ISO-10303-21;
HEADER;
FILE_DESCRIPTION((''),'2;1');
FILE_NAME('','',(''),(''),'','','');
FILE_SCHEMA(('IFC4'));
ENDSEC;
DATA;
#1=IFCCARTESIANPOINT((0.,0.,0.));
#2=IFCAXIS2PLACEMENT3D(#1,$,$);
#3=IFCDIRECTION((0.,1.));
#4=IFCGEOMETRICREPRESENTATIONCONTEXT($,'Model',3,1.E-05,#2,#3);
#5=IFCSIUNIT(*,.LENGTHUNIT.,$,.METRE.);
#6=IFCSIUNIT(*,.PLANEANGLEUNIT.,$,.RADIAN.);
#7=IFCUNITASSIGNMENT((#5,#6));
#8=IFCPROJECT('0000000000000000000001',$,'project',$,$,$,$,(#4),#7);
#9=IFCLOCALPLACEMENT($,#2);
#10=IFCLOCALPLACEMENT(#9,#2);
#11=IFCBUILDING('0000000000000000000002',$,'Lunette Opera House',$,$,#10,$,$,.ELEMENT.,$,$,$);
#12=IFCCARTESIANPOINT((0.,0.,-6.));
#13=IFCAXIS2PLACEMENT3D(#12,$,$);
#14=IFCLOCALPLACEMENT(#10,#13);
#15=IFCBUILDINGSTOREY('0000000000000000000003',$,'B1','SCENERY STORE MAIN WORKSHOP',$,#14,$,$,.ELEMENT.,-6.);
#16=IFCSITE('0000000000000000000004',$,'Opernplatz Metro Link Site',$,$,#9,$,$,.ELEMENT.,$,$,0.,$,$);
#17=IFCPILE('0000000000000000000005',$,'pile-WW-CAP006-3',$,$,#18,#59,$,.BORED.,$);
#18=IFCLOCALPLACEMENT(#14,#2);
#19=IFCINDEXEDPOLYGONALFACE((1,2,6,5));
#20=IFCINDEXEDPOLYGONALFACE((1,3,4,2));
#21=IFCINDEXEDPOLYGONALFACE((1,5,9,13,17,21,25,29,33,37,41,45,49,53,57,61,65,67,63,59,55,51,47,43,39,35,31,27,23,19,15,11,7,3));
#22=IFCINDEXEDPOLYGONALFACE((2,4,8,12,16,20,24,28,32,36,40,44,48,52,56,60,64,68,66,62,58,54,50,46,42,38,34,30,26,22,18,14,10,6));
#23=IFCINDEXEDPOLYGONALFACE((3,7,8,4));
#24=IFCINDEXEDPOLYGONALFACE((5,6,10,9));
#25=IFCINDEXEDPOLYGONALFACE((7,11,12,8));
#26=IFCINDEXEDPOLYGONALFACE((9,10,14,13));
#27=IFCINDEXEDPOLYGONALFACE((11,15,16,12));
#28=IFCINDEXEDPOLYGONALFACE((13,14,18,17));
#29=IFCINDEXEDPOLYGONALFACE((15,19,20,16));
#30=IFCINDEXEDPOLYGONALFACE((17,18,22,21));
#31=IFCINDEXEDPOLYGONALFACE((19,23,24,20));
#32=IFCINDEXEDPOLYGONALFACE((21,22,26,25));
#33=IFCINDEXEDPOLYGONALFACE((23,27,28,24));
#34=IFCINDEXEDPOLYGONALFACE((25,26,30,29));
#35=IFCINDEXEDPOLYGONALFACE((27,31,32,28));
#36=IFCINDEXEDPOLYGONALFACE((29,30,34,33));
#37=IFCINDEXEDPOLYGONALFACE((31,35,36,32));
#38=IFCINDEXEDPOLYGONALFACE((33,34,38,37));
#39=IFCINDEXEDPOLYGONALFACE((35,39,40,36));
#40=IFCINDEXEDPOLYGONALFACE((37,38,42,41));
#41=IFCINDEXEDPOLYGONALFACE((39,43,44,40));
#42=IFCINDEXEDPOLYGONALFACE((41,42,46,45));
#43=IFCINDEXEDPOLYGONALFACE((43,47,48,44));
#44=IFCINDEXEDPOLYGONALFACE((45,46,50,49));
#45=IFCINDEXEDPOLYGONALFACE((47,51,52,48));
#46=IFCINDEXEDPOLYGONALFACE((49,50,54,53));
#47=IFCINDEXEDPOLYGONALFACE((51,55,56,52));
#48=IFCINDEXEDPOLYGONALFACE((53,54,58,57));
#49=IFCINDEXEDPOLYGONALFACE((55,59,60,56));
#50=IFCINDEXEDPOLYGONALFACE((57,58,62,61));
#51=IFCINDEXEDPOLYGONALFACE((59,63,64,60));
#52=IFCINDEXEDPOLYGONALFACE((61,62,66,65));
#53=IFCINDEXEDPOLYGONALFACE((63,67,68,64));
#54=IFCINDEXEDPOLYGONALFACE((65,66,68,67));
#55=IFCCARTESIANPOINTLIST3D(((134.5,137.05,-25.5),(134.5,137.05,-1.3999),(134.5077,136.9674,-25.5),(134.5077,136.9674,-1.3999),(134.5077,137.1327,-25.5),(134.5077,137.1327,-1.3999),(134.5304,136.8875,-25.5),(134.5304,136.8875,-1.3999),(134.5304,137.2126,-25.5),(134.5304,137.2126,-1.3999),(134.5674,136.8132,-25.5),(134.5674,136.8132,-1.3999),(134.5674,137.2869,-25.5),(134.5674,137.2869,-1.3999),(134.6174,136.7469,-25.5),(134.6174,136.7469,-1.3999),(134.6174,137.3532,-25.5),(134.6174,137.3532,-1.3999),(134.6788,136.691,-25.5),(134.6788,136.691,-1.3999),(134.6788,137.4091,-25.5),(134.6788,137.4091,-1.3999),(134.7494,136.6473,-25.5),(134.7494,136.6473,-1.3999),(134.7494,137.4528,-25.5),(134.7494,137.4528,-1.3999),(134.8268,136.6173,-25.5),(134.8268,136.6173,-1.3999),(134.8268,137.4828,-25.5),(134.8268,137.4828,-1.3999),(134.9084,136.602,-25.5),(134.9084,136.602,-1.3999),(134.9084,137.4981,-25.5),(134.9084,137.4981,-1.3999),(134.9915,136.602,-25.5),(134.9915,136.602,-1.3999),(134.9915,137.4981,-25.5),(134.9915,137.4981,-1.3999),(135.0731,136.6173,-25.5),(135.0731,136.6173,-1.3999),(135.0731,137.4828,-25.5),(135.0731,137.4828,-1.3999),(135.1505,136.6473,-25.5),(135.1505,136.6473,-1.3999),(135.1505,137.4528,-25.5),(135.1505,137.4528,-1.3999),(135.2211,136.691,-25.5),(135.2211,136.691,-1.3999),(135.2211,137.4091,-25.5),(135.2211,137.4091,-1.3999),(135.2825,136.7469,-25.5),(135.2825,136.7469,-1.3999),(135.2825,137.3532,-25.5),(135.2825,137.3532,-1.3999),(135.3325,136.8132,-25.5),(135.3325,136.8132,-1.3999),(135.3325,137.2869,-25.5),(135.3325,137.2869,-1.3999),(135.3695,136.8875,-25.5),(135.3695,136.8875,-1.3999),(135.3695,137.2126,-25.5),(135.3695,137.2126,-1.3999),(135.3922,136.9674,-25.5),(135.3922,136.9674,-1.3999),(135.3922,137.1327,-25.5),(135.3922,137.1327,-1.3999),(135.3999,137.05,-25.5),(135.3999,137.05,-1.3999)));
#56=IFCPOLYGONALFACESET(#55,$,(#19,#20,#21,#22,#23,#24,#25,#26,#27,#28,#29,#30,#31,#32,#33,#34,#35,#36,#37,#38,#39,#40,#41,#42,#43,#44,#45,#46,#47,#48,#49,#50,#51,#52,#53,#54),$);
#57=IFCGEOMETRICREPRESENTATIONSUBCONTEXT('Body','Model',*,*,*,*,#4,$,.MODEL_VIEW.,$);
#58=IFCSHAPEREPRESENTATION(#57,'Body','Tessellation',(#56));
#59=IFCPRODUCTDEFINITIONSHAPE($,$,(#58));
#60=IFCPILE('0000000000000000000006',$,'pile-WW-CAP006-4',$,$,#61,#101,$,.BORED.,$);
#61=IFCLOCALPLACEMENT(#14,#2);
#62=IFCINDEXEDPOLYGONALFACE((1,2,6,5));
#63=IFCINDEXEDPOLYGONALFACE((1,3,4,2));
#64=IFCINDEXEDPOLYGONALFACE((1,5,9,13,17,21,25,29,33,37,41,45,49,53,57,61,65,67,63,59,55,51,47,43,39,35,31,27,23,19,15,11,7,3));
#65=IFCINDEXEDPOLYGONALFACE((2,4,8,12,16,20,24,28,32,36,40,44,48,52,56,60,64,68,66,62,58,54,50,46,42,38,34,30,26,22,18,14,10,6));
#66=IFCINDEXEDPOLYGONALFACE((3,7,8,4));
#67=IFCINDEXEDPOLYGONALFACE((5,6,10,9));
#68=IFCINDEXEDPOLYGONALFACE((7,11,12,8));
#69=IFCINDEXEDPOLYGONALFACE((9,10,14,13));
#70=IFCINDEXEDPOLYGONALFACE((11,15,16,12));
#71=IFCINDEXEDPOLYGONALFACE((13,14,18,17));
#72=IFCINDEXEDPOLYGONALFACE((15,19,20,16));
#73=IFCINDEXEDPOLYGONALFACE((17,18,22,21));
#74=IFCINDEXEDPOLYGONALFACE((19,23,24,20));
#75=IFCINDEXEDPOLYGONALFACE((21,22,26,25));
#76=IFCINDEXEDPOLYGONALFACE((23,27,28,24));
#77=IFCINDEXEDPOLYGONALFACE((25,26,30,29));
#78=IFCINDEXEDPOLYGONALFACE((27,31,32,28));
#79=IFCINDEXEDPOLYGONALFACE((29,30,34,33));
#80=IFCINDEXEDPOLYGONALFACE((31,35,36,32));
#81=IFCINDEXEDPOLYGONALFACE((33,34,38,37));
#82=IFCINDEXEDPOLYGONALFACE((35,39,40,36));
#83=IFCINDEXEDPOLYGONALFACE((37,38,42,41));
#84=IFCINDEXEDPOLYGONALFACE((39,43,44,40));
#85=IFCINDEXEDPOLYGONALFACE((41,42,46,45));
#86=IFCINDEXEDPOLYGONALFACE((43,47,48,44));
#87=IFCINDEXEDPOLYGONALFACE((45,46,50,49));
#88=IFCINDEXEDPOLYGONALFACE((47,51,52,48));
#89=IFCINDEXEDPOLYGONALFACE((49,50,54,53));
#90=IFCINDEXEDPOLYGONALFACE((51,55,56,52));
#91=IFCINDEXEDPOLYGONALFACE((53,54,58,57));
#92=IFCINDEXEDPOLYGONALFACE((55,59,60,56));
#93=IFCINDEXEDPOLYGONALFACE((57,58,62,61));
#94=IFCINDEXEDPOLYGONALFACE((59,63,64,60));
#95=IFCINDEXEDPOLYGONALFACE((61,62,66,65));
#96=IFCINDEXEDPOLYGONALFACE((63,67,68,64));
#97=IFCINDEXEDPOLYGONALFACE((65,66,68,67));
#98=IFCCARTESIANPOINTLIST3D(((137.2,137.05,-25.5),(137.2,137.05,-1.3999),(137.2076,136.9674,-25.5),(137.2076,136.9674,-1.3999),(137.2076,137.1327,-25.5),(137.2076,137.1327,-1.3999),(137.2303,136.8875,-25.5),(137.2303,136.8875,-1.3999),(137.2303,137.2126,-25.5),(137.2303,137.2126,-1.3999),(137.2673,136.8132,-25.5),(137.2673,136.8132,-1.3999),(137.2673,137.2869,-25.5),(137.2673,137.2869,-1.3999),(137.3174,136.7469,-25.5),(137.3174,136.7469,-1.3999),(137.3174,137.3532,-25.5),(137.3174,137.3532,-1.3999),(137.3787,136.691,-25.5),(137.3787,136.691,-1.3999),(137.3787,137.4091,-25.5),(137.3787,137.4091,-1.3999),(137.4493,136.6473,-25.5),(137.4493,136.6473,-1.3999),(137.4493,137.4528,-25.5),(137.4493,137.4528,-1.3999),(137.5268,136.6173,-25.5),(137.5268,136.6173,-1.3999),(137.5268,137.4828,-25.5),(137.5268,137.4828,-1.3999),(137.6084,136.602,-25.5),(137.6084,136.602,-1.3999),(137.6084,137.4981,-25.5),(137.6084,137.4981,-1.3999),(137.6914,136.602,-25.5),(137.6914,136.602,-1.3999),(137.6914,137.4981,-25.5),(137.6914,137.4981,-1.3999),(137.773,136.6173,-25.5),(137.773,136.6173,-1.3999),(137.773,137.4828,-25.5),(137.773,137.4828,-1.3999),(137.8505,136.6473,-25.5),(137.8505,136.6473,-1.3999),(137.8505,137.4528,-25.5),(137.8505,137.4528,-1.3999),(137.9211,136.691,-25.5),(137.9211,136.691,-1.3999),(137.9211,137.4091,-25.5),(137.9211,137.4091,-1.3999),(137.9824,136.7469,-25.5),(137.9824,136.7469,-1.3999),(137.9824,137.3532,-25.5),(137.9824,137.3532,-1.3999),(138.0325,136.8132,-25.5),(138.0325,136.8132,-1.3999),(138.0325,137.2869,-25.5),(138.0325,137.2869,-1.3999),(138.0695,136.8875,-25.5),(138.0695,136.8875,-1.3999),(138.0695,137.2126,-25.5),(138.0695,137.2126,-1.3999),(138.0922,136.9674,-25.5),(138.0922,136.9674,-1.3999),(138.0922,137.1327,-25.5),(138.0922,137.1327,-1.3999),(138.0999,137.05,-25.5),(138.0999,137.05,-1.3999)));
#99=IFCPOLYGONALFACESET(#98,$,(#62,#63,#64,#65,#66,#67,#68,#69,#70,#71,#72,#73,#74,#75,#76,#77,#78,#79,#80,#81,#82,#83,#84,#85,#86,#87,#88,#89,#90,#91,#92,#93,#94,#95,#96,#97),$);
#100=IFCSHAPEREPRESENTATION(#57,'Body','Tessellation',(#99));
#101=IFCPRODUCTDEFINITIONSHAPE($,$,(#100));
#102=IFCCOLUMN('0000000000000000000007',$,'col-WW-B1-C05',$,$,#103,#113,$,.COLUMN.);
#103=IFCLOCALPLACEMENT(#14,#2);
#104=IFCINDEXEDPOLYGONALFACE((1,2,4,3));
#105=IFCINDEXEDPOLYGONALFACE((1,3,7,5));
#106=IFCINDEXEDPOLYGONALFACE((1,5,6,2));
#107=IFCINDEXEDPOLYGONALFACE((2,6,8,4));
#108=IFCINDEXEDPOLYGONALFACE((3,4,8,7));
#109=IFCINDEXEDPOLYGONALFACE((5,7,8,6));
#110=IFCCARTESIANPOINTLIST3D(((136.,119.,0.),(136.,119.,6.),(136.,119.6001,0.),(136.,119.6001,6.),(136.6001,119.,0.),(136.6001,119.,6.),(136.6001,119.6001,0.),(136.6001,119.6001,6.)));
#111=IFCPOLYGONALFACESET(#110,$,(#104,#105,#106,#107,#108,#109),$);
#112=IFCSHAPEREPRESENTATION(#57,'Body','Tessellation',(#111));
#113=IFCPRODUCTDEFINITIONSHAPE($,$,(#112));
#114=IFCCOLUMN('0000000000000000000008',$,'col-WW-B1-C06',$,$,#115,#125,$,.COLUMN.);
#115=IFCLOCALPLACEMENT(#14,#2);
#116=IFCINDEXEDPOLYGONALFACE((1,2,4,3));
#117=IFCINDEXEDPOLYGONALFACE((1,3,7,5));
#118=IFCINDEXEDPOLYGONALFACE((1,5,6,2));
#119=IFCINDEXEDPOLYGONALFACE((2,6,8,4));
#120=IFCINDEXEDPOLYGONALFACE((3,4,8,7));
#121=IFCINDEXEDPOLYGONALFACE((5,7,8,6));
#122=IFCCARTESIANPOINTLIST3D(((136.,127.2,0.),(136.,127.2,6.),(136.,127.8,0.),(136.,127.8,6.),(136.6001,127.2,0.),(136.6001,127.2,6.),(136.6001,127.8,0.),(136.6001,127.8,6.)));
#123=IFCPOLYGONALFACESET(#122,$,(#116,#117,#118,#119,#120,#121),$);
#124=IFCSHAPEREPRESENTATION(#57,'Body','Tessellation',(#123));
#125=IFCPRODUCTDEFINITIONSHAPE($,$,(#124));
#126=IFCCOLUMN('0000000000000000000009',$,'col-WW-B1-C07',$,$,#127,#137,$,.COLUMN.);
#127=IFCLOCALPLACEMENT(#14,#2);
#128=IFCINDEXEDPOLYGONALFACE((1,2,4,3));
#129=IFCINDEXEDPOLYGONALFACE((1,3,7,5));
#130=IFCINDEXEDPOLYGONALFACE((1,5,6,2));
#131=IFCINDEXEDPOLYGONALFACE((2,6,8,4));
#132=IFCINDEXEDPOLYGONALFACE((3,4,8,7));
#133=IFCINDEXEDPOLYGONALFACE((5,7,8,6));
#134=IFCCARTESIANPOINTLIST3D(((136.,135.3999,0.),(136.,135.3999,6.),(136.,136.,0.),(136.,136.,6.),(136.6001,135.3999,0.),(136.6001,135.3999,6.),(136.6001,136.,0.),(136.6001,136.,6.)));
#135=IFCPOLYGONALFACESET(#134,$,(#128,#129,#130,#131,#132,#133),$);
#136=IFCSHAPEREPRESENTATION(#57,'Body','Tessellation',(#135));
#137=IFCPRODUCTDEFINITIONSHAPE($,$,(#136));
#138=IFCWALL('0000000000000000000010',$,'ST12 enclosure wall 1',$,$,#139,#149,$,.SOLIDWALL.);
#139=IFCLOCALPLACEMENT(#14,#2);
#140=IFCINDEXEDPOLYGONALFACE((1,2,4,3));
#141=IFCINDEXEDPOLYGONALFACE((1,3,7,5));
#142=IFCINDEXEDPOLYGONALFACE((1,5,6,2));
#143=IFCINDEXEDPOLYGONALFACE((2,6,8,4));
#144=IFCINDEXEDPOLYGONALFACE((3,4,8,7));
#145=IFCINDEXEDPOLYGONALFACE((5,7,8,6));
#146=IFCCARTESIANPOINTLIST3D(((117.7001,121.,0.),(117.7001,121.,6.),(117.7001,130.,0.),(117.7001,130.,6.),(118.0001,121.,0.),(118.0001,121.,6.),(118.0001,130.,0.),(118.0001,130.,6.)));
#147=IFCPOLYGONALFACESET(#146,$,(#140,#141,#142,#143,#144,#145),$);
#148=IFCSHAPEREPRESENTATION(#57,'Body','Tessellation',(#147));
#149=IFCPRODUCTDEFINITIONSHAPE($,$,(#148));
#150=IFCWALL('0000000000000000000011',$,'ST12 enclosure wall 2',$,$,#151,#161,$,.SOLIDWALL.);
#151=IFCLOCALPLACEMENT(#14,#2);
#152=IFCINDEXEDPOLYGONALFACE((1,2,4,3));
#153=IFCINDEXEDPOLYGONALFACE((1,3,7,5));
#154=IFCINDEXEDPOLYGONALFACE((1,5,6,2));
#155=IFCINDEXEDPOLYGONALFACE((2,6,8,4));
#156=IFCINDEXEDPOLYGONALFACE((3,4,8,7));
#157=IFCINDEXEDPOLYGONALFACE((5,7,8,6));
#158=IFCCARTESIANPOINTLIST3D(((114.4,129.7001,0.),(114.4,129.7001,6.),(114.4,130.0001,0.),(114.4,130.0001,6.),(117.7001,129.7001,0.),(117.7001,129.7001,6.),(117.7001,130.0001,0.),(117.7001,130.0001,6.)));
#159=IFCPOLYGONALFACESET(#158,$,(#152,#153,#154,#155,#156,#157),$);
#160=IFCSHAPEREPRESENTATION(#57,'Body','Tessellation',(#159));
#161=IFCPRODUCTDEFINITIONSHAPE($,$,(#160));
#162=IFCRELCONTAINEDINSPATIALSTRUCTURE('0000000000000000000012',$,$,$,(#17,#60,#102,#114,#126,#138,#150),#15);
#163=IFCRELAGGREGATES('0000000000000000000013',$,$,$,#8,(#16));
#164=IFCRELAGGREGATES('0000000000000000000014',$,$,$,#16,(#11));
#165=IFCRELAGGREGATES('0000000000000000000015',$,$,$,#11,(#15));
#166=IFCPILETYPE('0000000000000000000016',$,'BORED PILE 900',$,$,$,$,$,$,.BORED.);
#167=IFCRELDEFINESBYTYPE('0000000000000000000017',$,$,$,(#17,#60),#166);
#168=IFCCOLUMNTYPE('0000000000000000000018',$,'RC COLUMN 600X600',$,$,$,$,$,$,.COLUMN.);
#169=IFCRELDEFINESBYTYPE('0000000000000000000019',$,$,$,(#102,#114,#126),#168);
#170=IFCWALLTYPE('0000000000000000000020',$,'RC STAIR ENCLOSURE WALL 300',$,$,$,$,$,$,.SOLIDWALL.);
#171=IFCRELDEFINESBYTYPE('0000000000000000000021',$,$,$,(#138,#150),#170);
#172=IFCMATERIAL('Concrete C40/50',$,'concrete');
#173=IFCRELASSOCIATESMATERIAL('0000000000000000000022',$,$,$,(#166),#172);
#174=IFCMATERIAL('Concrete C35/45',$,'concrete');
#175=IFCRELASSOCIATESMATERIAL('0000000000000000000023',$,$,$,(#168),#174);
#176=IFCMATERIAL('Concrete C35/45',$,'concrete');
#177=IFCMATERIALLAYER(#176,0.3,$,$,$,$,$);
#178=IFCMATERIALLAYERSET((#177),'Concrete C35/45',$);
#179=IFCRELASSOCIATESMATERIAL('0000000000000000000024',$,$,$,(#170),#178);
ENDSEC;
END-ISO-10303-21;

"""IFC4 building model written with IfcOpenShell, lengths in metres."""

from ifc_helpers import new_model, si_unit, direction, frame, frame_2d, origin, origin_2d, place, context, subcontext, project, spatial, rectangle, circle, extrude, material, layer, layer_set, material_profile, profile_set, type_object, element, save


model = new_model("IFC4")

# Units and contexts
model_context = context("Model", 3, precision=1e-05, world=origin(), true_north=direction((0.0, 1.0)))
body_context = subcontext(model_context, "Body", "Model", "MODEL_VIEW")
ifc_project = project(units=[si_unit("LENGTHUNIT", "METRE"), si_unit("PLANEANGLEUNIT", "RADIAN")], contexts=[model_context])

# Site, building, storey
site_placement = place(None, origin())
site = spatial("IfcSite", under=ifc_project, at=site_placement, Name="Opernplatz Metro Link Site", CompositionType="ELEMENT", RefElevation=0.0)
building_placement = place(site_placement, origin())
building = spatial("IfcBuilding", under=site, at=building_placement, Name="Lunette Opera House", CompositionType="ELEMENT")
storey_placement = place(building_placement, frame((0.0, 0.0, -6.0)))
storey = spatial("IfcBuildingStorey", under=building, at=storey_placement, Name="B1", Description="SCENERY STORE MAIN WORKSHOP", CompositionType="ELEMENT", Elevation=-6.0)

# Piles
ifc_material_1 = material(Name="Concrete C40/50", Category="concrete")
ifc_material_profile_1 = material_profile(ifc_material_1, circle(Radius=0.45, at=origin_2d()), Name="BORED PILE 900")
ifc_profile_set_1 = profile_set([ifc_material_profile_1], Name="Concrete C40/50")
pile_type_1 = type_object("IfcPileType", Name="BORED PILE 900", PredefinedType="BORED", material=ifc_profile_set_1)
for number, where, z_axis, x_axis, name in (
    (1, (134.95, 137.05, -1.3999), (0.0, 0.0, -1.0), (1.0, 0.0, 0.0), "pile-WW-CAP006-3"),
    (2, (137.6499, 137.05, -1.3999), (0.0, 0.0, -1.0), (1.0, 0.0, 0.0), "pile-WW-CAP006-4"),
):
    element("IfcPile", number, at=place(storey_placement, frame(where, z_axis=z_axis, x_axis=x_axis)), inside=storey, type_object=pile_type_1, Name=name, PredefinedType="BORED", context=body_context, shape_type="SweptSolid", body=[
        extrude(circle(Radius=0.45, at=origin_2d()), origin(), (0.0, 0.0, 1.0), 24.1001),
    ])

# Columns
ifc_material_2 = material(Name="Concrete C35/45", Category="concrete")
ifc_material_profile_2 = material_profile(ifc_material_2, rectangle(XDim=0.6001, YDim=0.6001, at=origin_2d()), Name="RC COLUMN 600X600")
ifc_profile_set_2 = profile_set([ifc_material_profile_2], Name="Concrete C35/45")
column_type = type_object("IfcColumnType", Name="RC COLUMN 600X600", PredefinedType="COLUMN", material=ifc_profile_set_2)
for number, where, z_axis, x_axis, name in (
    (3, (136.3, 119.3, 0.0), (0.0, 0.0, 1.0), (1.0, 0.0, 0.0), "col-WW-B1-C05"),
    (4, (136.3, 127.5, 0.0), (0.0, 0.0, 1.0), (1.0, 0.0, 0.0), "col-WW-B1-C06"),
    (5, (136.3, 135.7, 0.0), (0.0, 0.0, 1.0), (1.0, 0.0, 0.0), "col-WW-B1-C07"),
):
    element("IfcColumn", number, at=place(storey_placement, frame(where, z_axis=z_axis, x_axis=x_axis)), inside=storey, type_object=column_type, Name=name, PredefinedType="COLUMN", context=body_context, shape_type="SweptSolid", body=[
        extrude(rectangle(XDim=0.6001, YDim=0.6001, at=origin_2d()), origin(), (0.0, 0.0, 1.0), 6.0),
    ])

# Walls
ifc_material_3 = material(Name="Concrete C35/45", Category="concrete")
ifc_layer = layer(ifc_material_3, 0.3)
ifc_layer_set = layer_set([ifc_layer], Name="Concrete C35/45")
wall_type = type_object("IfcWallType", Name="RC STAIR ENCLOSURE WALL 300", PredefinedType="SOLIDWALL", material=ifc_layer_set)
wall_1_placement = place(storey_placement, frame((117.8501, 121.0, 0.0), z_axis=(0.0, 0.0, 1.0), x_axis=(0.0, 1.0, 0.0)))
element("IfcWall", 6, at=wall_1_placement, inside=storey, type_object=wall_type, Name="ST12 enclosure wall 1", PredefinedType="SOLIDWALL", context=body_context, shape_type="SweptSolid", body=[
    extrude(rectangle(XDim=9.0, YDim=0.3, at=frame_2d((4.5, 0.0))), origin(), (0.0, 0.0, 1.0), 6.0),
])
wall_2_placement = place(storey_placement, frame((117.7, 129.8501, 0.0), z_axis=(0.0, 0.0, 1.0), x_axis=(-1.0, 0.0, 0.0)))
element("IfcWall", 7, at=wall_2_placement, inside=storey, type_object=wall_type, Name="ST12 enclosure wall 2", PredefinedType="SOLIDWALL", context=body_context, shape_type="SweptSolid", body=[
    extrude(rectangle(XDim=3.3, YDim=0.3, at=frame_2d((1.6499, 0.0))), origin(), (0.0, 0.0, 1.0), 6.0),
])

save(model, "model.ifc")
